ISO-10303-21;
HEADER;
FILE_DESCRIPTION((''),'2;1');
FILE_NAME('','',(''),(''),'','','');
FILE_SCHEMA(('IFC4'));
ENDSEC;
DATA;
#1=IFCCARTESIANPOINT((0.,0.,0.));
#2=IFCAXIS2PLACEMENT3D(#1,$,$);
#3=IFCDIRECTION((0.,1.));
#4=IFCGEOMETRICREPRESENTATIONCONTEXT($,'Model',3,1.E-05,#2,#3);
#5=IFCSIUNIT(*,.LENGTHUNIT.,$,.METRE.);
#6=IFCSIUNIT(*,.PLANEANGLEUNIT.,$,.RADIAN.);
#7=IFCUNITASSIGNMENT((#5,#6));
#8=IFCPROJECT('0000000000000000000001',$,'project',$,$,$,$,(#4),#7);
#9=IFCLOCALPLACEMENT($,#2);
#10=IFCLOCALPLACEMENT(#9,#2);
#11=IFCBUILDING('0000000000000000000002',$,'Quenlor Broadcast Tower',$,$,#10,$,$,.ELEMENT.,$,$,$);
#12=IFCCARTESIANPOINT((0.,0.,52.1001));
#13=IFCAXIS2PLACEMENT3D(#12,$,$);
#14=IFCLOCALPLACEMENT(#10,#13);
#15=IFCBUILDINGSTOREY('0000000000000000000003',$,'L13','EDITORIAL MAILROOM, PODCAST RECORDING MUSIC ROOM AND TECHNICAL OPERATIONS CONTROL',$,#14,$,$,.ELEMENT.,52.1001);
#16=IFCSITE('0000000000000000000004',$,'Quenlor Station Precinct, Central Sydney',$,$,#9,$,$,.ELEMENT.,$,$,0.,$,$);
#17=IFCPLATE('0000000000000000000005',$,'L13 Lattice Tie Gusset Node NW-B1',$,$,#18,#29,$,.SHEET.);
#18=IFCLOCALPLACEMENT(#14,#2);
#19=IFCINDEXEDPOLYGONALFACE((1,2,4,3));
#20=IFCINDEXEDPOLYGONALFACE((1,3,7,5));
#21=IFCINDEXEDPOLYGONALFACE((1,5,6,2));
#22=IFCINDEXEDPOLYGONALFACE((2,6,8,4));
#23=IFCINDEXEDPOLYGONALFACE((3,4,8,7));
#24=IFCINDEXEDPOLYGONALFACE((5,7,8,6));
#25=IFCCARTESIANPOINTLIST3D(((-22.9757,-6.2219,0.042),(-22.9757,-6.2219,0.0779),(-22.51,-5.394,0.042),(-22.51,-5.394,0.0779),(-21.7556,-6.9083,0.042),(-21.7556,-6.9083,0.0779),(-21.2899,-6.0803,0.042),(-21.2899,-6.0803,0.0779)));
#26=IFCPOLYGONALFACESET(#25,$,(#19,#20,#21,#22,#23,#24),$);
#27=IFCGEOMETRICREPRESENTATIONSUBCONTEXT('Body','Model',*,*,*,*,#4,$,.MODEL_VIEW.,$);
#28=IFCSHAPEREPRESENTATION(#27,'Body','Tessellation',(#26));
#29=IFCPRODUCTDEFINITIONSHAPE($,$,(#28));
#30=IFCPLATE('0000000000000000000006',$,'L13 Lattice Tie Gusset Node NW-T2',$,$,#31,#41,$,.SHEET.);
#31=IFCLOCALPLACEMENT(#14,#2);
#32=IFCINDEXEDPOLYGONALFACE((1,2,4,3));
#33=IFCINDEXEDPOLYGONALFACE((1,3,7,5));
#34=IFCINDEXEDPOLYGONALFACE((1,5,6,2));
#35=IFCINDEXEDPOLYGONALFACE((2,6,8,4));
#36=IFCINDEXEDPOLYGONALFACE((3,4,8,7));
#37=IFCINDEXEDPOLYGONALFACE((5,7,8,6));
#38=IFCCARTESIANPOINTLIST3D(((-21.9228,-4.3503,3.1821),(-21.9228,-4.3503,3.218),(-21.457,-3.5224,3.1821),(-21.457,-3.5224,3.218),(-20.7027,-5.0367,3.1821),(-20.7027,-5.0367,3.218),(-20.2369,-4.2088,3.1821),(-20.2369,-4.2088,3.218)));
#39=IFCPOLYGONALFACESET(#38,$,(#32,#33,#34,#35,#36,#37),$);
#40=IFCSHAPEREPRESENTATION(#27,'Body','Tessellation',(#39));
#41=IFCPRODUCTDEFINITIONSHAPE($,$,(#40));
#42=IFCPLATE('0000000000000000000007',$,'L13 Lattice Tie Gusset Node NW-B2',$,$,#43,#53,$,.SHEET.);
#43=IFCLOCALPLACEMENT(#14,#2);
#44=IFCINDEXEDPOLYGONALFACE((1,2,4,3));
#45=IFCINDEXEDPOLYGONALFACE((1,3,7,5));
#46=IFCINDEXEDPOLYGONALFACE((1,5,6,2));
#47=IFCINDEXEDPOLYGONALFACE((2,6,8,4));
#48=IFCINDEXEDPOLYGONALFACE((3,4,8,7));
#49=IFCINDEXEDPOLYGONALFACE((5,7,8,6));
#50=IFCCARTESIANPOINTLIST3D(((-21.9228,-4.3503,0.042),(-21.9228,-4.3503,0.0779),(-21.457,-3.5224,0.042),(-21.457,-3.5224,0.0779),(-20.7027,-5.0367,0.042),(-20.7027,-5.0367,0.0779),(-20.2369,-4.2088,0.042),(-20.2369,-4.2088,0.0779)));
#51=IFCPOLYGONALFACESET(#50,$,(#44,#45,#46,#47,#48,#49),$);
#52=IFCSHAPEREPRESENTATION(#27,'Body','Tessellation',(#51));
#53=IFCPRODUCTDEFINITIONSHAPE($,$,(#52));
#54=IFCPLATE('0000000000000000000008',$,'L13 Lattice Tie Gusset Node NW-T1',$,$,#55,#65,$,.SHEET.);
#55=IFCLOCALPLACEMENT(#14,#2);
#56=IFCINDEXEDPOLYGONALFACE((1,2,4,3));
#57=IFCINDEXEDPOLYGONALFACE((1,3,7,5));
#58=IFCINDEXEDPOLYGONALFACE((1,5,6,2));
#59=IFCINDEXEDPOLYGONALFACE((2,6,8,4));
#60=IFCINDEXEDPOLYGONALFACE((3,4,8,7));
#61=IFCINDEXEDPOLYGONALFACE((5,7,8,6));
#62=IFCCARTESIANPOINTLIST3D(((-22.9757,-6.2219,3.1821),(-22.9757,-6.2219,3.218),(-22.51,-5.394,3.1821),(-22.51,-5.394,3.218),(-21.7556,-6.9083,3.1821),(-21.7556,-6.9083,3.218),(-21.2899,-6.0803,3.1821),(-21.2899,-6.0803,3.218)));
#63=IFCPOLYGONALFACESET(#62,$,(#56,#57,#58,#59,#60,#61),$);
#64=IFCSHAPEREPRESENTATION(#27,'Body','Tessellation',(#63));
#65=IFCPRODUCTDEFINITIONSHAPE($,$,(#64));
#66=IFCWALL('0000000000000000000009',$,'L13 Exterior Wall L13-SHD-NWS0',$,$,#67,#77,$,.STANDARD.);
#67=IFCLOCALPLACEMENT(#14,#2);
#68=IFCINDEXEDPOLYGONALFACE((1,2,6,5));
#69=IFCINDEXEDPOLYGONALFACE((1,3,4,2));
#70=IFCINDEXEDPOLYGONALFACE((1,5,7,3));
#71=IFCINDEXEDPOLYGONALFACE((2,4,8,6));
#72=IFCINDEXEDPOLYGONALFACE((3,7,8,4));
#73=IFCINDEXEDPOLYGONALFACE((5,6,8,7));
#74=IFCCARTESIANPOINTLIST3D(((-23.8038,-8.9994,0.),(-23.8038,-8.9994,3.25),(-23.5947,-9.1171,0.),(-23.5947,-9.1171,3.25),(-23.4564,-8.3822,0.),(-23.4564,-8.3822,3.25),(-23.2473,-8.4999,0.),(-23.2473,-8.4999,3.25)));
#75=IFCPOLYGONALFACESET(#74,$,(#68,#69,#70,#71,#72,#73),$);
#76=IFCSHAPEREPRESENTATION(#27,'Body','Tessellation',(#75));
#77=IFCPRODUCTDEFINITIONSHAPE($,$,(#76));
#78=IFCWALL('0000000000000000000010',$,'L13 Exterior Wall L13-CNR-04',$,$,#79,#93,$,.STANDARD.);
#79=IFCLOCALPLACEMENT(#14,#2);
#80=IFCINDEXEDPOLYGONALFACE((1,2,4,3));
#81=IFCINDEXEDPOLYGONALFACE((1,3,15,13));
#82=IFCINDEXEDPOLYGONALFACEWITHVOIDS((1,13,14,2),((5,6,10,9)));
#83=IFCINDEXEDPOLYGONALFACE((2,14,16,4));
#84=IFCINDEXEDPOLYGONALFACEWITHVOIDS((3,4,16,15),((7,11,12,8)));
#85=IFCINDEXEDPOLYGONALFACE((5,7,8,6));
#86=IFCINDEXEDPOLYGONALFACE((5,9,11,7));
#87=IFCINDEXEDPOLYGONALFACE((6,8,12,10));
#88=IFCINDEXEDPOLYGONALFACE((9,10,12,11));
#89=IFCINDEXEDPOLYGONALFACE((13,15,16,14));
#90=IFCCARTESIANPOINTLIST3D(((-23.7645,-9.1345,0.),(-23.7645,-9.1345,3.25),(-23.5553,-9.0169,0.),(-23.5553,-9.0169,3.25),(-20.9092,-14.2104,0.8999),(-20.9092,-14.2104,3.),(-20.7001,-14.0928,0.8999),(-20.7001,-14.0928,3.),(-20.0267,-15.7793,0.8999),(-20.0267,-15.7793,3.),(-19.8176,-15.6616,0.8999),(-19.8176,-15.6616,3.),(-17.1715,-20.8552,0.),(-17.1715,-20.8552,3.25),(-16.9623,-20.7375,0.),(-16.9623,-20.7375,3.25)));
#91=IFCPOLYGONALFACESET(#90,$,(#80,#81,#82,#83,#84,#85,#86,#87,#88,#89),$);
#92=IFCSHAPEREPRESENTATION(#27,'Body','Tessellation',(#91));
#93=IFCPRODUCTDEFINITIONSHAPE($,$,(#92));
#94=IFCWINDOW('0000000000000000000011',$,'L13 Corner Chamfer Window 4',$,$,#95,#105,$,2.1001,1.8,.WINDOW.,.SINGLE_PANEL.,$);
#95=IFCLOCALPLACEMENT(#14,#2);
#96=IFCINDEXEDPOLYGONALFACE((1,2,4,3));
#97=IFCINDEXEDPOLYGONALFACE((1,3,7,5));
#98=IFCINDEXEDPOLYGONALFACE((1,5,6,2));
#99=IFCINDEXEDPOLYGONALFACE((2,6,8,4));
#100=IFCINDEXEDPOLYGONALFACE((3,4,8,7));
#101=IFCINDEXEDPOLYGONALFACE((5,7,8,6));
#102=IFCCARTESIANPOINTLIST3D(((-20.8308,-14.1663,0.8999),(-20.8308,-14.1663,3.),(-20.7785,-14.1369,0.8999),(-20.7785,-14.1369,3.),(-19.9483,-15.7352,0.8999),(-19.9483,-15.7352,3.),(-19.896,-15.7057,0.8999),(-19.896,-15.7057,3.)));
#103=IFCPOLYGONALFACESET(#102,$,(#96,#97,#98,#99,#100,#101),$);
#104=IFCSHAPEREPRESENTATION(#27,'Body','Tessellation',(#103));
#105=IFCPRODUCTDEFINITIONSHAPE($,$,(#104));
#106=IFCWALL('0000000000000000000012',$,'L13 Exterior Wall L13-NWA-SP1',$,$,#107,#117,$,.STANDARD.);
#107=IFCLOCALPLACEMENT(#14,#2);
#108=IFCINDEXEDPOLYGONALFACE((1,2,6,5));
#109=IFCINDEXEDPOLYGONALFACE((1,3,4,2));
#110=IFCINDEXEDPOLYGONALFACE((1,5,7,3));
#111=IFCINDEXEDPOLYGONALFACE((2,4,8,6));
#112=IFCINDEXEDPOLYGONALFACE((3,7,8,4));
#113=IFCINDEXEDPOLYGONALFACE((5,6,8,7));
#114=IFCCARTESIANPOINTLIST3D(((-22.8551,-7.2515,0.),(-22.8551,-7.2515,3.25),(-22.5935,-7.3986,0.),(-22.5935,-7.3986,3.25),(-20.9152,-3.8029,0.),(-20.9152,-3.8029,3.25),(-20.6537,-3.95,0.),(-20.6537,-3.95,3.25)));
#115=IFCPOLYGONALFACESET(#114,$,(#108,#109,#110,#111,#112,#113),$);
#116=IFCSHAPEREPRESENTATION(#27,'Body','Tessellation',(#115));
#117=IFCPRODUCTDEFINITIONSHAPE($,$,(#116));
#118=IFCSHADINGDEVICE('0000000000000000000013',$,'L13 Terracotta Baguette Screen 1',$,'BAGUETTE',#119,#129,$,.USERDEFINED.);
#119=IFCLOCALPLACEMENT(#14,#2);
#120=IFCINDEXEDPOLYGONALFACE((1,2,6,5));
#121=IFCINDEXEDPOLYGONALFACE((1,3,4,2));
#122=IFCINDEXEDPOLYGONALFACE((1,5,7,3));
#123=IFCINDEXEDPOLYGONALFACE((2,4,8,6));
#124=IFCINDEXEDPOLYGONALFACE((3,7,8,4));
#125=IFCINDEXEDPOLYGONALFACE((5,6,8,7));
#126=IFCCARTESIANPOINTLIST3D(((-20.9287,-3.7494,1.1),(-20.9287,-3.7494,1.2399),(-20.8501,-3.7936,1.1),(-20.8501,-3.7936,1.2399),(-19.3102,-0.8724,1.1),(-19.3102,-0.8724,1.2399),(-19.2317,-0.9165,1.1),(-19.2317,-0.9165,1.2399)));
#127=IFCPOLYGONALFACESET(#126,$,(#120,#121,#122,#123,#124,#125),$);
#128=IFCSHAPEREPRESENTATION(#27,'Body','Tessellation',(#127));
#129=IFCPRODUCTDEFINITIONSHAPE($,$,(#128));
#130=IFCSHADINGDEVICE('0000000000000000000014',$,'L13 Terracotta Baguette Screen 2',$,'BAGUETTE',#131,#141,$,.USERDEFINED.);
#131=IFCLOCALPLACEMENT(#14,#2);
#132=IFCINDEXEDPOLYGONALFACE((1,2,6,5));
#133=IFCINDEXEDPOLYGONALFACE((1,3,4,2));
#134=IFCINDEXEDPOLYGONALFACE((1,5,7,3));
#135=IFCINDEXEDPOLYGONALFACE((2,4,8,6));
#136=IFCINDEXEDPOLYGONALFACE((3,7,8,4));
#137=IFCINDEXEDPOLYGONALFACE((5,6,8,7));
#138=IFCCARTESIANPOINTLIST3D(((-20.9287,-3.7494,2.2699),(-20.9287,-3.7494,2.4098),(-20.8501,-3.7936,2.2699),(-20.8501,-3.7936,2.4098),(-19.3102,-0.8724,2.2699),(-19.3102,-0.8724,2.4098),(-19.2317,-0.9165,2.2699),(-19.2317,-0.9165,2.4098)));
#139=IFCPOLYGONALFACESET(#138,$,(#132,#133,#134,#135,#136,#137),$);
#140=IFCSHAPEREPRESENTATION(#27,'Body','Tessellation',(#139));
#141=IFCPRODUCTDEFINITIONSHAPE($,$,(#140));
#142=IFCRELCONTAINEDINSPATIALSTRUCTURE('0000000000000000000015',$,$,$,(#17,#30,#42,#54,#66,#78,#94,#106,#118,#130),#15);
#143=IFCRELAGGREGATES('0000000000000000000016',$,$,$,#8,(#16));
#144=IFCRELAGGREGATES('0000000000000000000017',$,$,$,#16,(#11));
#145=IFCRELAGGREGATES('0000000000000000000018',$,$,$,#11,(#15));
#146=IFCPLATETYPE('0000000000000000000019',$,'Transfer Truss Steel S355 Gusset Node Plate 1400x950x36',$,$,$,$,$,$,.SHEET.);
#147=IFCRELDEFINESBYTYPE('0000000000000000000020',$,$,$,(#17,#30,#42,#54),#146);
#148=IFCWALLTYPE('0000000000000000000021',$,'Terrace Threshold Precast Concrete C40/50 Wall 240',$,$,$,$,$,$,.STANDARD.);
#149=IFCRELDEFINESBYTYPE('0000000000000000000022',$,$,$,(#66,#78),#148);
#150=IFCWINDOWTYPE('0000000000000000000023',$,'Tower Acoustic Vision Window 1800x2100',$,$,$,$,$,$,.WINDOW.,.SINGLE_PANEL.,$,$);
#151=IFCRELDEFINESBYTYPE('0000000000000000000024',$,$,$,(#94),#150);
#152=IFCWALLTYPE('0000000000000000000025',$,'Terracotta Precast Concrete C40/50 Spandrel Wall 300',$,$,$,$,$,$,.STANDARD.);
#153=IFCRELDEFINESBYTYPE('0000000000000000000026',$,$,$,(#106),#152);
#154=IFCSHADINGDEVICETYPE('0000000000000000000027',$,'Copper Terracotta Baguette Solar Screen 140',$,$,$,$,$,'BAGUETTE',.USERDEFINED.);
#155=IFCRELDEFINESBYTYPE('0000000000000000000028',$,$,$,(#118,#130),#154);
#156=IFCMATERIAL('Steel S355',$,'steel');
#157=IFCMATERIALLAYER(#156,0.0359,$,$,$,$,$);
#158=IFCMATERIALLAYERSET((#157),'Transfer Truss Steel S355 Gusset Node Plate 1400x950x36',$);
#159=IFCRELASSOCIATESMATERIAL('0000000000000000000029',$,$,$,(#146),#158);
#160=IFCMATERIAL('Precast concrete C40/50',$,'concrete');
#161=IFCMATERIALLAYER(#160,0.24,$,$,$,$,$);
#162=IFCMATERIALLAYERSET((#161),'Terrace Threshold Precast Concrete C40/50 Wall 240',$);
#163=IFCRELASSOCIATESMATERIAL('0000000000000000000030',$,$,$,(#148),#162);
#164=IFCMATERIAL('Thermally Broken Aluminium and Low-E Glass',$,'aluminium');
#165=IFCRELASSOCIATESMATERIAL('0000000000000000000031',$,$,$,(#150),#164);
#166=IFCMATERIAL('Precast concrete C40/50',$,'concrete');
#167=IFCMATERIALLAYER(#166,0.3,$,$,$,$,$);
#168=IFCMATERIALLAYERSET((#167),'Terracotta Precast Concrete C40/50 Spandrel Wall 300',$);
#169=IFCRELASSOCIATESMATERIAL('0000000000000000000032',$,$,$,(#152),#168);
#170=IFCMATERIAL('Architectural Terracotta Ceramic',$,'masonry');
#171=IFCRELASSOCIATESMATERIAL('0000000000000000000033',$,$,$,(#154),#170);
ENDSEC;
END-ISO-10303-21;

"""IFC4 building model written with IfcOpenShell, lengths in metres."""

from ifc_helpers import new_model, si_unit, direction, frame, frame_2d, origin, origin_2d, place, context, subcontext, project, spatial, rectangle, extrude, material, layer, layer_set, material_profile, profile_set, type_object, element, fill, save


model = new_model("IFC4")

# Units and contexts
model_context = context("Model", 3, precision=1e-05, world=origin(), true_north=direction((0.0, 1.0)))
body_context = subcontext(model_context, "Body", "Model", "MODEL_VIEW")
ifc_project = project(units=[si_unit("LENGTHUNIT", "METRE"), si_unit("PLANEANGLEUNIT", "RADIAN")], contexts=[model_context])

# Site, building, storey
site_placement = place(None, origin())
site = spatial("IfcSite", under=ifc_project, at=site_placement, Name="Quenlor Station Precinct, Central Sydney", CompositionType="ELEMENT", RefElevation=0.0)
building_placement = place(site_placement, origin())
building = spatial("IfcBuilding", under=site, at=building_placement, Name="Quenlor Broadcast Tower", CompositionType="ELEMENT")
storey_placement = place(building_placement, frame((0.0, 0.0, 52.1001)))
storey = spatial("IfcBuildingStorey", under=building, at=storey_placement, Name="L13", Description="EDITORIAL MAILROOM, PODCAST RECORDING MUSIC ROOM AND TECHNICAL OPERATIONS CONTROL", CompositionType="ELEMENT", Elevation=52.1001)

# Plates
ifc_material_1 = material(Name="Steel S355", Category="steel")
ifc_layer_1 = layer(ifc_material_1, 0.0359)
ifc_layer_set_1 = layer_set([ifc_layer_1], Name="Transfer Truss Steel S355 Gusset Node Plate 1400x950x36")
plate_type_1 = type_object("IfcPlateType", Name="Transfer Truss Steel S355 Gusset Node Plate 1400x950x36", PredefinedType="SHEET", material=ifc_layer_set_1)
for number, where, z_axis, x_axis, name in (
    (1, (-22.1328, -6.1511, 0.042), (0.0, 0.0, 1.0), (-0.871556, 0.490295, 0.0), "L13 Lattice Tie Gusset Node NW-B1"),
    (2, (-21.0798, -4.2795, 3.1821), (0.0, 0.0, 1.0), (-0.871556, 0.490295, 0.0), "L13 Lattice Tie Gusset Node NW-T2"),
    (3, (-21.0798, -4.2795, 0.042), (0.0, 0.0, 1.0), (-0.871556, 0.490295, 0.0), "L13 Lattice Tie Gusset Node NW-B2"),
    (4, (-22.1328, -6.1511, 3.1821), (0.0, 0.0, 1.0), (-0.871556, 0.490295, 0.0), "L13 Lattice Tie Gusset Node NW-T1"),
):
    element("IfcPlate", number, at=place(storey_placement, frame(where, z_axis=z_axis, x_axis=x_axis)), inside=storey, type_object=plate_type_1, Name=name, PredefinedType="SHEET", context=body_context, shape_type="SweptSolid", body=[
        extrude(rectangle(XDim=1.3999, YDim=0.95, at=origin_2d()), origin(), (0.0, 0.0, 1.0), 0.0359),
    ])

# Wall
ifc_material_2 = material(Name="Precast concrete C40/50", Category="concrete")
ifc_layer_2 = layer(ifc_material_2, 0.24)
ifc_layer_set_2 = layer_set([ifc_layer_2], Name="Terrace Threshold Precast Concrete C40/50 Wall 240")
wall_type_1 = type_object("IfcWallType", Name="Terrace Threshold Precast Concrete C40/50 Wall 240", PredefinedType="STANDARD", material=ifc_layer_set_2)
wall_1_placement = place(storey_placement, frame((-23.6992, -9.0581, 0.0), z_axis=(0.0, 0.0, 1.0), x_axis=(0.490523, 0.871428, 0.0)))
element("IfcWall", 5, at=wall_1_placement, inside=storey, type_object=wall_type_1, Name="L13 Exterior Wall L13-SHD-NWS0", PredefinedType="STANDARD", context=body_context, shape_type="SweptSolid", body=[
    extrude(rectangle(XDim=0.7083, YDim=0.24, at=frame_2d((0.354, 0.0))), origin(), (0.0, 0.0, 1.0), 3.25),
])

# Wall, opening, window
wall_2_placement = place(storey_placement, frame((-23.6599, -9.0757, 0.0), z_axis=(0.0, 0.0, 1.0), x_axis=(0.490268, -0.871572, 0.0)))
wall_2 = element("IfcWall", 6, at=wall_2_placement, inside=storey, type_object=wall_type_1, Name="L13 Exterior Wall L13-CNR-04", PredefinedType="STANDARD", context=body_context, shape_type="SweptSolid", body=[
    extrude(rectangle(XDim=13.4478, YDim=0.24, at=frame_2d((6.7239, 0.0))), origin(), (0.0, 0.0, 1.0), 3.25),
])
opening_placement = place(wall_2_placement, frame((5.824, 0.0, 0.8999)))
opening = element("IfcOpeningElement", 7, at=opening_placement, cuts=wall_2, PredefinedType="OPENING", context=body_context, shape_type="SweptSolid", body=[
    extrude(rectangle(XDim=1.8, YDim=2.1001, at=frame_2d((0.8999, 1.05))), frame((0.0, 0.1299, 0.0), z_axis=(0.0, -1.0, 0.0), x_axis=(1.0, 0.0, 0.0)), (0.0, 0.0, 1.0), 0.26),
])
ifc_material_3 = material(Name="Thermally Broken Aluminium and Low-E Glass", Category="aluminium")
window_type = type_object("IfcWindowType", Name="Tower Acoustic Vision Window 1800x2100", PartitioningType="SINGLE_PANEL", PredefinedType="WINDOW", material=ifc_material_3)
window_placement = place(opening_placement, origin())
window = element("IfcWindow", 8, at=window_placement, inside=storey, type_object=window_type, Name="L13 Corner Chamfer Window 4", OverallHeight=2.1001, OverallWidth=1.8, PartitioningType="SINGLE_PANEL", PredefinedType="WINDOW", context=body_context, shape_type="SweptSolid", body=[
    extrude(rectangle(XDim=1.8, YDim=2.1001, at=frame_2d((0.8999, 1.05))), frame((0.0, 0.03, 0.0), z_axis=(0.0, -1.0, 0.0), x_axis=(1.0, 0.0, 0.0)), (0.0, 0.0, 1.0), 0.0601),
])
fill(opening, window)

# Wall
ifc_material_4 = material(Name="Precast concrete C40/50", Category="concrete")
ifc_layer_3 = layer(ifc_material_4, 0.3)
ifc_layer_set_3 = layer_set([ifc_layer_3], Name="Terracotta Precast Concrete C40/50 Spandrel Wall 300")
wall_type_2 = type_object("IfcWallType", Name="Terracotta Precast Concrete C40/50 Spandrel Wall 300", PredefinedType="STANDARD", material=ifc_layer_set_3)
wall_3_placement = place(storey_placement, frame((-22.7244, -7.3252, 0.0), z_axis=(0.0, 0.0, 1.0), x_axis=(0.490267, 0.871572, 0.0)))
element("IfcWall", 9, at=wall_3_placement, inside=storey, type_object=wall_type_2, Name="L13 Exterior Wall L13-NWA-SP1", PredefinedType="STANDARD", context=body_context, shape_type="SweptSolid", body=[
    extrude(rectangle(XDim=3.9568, YDim=0.3, at=frame_2d((1.9785, 0.0))), origin(), (0.0, 0.0, 1.0), 3.25),
])

# Shading devices
ifc_material_5 = material(Name="Architectural Terracotta Ceramic", Category="masonry")
ifc_material_profile_1 = material_profile(ifc_material_5, rectangle(XDim=0.0901, YDim=0.1399, at=origin_2d()))
ifc_profile_set_1 = profile_set([ifc_material_profile_1], Name="Architectural Terracotta Ceramic BAG90x140")
shading_device_type = type_object("IfcShadingDeviceType", Name="Copper Terracotta Baguette Solar Screen 140", ElementType="BAGUETTE", PredefinedType="USERDEFINED", material=ifc_profile_set_1)
for number, where, z_axis, x_axis, name in (
    (10, (-20.8894, -3.7715, 1.1699), (0.490289, 0.87156, 0.0), (-0.87156, 0.490289, 0.0), "L13 Terracotta Baguette Screen 1"),
    (11, (-20.8894, -3.7715, 2.3398), (0.490289, 0.87156, 0.0), (-0.87156, 0.490289, 0.0), "L13 Terracotta Baguette Screen 2"),
):
    element("IfcShadingDevice", number, at=place(storey_placement, frame(where, z_axis=z_axis, x_axis=x_axis)), inside=storey, type_object=shading_device_type, Name=name, ObjectType="BAGUETTE", PredefinedType="USERDEFINED", context=body_context, shape_type="SweptSolid", body=[
        extrude(rectangle(XDim=0.0901, YDim=0.1399, at=origin_2d()), origin(), (0.0, 0.0, 1.0), 3.301),
    ])

save(model, "model.ifc")
